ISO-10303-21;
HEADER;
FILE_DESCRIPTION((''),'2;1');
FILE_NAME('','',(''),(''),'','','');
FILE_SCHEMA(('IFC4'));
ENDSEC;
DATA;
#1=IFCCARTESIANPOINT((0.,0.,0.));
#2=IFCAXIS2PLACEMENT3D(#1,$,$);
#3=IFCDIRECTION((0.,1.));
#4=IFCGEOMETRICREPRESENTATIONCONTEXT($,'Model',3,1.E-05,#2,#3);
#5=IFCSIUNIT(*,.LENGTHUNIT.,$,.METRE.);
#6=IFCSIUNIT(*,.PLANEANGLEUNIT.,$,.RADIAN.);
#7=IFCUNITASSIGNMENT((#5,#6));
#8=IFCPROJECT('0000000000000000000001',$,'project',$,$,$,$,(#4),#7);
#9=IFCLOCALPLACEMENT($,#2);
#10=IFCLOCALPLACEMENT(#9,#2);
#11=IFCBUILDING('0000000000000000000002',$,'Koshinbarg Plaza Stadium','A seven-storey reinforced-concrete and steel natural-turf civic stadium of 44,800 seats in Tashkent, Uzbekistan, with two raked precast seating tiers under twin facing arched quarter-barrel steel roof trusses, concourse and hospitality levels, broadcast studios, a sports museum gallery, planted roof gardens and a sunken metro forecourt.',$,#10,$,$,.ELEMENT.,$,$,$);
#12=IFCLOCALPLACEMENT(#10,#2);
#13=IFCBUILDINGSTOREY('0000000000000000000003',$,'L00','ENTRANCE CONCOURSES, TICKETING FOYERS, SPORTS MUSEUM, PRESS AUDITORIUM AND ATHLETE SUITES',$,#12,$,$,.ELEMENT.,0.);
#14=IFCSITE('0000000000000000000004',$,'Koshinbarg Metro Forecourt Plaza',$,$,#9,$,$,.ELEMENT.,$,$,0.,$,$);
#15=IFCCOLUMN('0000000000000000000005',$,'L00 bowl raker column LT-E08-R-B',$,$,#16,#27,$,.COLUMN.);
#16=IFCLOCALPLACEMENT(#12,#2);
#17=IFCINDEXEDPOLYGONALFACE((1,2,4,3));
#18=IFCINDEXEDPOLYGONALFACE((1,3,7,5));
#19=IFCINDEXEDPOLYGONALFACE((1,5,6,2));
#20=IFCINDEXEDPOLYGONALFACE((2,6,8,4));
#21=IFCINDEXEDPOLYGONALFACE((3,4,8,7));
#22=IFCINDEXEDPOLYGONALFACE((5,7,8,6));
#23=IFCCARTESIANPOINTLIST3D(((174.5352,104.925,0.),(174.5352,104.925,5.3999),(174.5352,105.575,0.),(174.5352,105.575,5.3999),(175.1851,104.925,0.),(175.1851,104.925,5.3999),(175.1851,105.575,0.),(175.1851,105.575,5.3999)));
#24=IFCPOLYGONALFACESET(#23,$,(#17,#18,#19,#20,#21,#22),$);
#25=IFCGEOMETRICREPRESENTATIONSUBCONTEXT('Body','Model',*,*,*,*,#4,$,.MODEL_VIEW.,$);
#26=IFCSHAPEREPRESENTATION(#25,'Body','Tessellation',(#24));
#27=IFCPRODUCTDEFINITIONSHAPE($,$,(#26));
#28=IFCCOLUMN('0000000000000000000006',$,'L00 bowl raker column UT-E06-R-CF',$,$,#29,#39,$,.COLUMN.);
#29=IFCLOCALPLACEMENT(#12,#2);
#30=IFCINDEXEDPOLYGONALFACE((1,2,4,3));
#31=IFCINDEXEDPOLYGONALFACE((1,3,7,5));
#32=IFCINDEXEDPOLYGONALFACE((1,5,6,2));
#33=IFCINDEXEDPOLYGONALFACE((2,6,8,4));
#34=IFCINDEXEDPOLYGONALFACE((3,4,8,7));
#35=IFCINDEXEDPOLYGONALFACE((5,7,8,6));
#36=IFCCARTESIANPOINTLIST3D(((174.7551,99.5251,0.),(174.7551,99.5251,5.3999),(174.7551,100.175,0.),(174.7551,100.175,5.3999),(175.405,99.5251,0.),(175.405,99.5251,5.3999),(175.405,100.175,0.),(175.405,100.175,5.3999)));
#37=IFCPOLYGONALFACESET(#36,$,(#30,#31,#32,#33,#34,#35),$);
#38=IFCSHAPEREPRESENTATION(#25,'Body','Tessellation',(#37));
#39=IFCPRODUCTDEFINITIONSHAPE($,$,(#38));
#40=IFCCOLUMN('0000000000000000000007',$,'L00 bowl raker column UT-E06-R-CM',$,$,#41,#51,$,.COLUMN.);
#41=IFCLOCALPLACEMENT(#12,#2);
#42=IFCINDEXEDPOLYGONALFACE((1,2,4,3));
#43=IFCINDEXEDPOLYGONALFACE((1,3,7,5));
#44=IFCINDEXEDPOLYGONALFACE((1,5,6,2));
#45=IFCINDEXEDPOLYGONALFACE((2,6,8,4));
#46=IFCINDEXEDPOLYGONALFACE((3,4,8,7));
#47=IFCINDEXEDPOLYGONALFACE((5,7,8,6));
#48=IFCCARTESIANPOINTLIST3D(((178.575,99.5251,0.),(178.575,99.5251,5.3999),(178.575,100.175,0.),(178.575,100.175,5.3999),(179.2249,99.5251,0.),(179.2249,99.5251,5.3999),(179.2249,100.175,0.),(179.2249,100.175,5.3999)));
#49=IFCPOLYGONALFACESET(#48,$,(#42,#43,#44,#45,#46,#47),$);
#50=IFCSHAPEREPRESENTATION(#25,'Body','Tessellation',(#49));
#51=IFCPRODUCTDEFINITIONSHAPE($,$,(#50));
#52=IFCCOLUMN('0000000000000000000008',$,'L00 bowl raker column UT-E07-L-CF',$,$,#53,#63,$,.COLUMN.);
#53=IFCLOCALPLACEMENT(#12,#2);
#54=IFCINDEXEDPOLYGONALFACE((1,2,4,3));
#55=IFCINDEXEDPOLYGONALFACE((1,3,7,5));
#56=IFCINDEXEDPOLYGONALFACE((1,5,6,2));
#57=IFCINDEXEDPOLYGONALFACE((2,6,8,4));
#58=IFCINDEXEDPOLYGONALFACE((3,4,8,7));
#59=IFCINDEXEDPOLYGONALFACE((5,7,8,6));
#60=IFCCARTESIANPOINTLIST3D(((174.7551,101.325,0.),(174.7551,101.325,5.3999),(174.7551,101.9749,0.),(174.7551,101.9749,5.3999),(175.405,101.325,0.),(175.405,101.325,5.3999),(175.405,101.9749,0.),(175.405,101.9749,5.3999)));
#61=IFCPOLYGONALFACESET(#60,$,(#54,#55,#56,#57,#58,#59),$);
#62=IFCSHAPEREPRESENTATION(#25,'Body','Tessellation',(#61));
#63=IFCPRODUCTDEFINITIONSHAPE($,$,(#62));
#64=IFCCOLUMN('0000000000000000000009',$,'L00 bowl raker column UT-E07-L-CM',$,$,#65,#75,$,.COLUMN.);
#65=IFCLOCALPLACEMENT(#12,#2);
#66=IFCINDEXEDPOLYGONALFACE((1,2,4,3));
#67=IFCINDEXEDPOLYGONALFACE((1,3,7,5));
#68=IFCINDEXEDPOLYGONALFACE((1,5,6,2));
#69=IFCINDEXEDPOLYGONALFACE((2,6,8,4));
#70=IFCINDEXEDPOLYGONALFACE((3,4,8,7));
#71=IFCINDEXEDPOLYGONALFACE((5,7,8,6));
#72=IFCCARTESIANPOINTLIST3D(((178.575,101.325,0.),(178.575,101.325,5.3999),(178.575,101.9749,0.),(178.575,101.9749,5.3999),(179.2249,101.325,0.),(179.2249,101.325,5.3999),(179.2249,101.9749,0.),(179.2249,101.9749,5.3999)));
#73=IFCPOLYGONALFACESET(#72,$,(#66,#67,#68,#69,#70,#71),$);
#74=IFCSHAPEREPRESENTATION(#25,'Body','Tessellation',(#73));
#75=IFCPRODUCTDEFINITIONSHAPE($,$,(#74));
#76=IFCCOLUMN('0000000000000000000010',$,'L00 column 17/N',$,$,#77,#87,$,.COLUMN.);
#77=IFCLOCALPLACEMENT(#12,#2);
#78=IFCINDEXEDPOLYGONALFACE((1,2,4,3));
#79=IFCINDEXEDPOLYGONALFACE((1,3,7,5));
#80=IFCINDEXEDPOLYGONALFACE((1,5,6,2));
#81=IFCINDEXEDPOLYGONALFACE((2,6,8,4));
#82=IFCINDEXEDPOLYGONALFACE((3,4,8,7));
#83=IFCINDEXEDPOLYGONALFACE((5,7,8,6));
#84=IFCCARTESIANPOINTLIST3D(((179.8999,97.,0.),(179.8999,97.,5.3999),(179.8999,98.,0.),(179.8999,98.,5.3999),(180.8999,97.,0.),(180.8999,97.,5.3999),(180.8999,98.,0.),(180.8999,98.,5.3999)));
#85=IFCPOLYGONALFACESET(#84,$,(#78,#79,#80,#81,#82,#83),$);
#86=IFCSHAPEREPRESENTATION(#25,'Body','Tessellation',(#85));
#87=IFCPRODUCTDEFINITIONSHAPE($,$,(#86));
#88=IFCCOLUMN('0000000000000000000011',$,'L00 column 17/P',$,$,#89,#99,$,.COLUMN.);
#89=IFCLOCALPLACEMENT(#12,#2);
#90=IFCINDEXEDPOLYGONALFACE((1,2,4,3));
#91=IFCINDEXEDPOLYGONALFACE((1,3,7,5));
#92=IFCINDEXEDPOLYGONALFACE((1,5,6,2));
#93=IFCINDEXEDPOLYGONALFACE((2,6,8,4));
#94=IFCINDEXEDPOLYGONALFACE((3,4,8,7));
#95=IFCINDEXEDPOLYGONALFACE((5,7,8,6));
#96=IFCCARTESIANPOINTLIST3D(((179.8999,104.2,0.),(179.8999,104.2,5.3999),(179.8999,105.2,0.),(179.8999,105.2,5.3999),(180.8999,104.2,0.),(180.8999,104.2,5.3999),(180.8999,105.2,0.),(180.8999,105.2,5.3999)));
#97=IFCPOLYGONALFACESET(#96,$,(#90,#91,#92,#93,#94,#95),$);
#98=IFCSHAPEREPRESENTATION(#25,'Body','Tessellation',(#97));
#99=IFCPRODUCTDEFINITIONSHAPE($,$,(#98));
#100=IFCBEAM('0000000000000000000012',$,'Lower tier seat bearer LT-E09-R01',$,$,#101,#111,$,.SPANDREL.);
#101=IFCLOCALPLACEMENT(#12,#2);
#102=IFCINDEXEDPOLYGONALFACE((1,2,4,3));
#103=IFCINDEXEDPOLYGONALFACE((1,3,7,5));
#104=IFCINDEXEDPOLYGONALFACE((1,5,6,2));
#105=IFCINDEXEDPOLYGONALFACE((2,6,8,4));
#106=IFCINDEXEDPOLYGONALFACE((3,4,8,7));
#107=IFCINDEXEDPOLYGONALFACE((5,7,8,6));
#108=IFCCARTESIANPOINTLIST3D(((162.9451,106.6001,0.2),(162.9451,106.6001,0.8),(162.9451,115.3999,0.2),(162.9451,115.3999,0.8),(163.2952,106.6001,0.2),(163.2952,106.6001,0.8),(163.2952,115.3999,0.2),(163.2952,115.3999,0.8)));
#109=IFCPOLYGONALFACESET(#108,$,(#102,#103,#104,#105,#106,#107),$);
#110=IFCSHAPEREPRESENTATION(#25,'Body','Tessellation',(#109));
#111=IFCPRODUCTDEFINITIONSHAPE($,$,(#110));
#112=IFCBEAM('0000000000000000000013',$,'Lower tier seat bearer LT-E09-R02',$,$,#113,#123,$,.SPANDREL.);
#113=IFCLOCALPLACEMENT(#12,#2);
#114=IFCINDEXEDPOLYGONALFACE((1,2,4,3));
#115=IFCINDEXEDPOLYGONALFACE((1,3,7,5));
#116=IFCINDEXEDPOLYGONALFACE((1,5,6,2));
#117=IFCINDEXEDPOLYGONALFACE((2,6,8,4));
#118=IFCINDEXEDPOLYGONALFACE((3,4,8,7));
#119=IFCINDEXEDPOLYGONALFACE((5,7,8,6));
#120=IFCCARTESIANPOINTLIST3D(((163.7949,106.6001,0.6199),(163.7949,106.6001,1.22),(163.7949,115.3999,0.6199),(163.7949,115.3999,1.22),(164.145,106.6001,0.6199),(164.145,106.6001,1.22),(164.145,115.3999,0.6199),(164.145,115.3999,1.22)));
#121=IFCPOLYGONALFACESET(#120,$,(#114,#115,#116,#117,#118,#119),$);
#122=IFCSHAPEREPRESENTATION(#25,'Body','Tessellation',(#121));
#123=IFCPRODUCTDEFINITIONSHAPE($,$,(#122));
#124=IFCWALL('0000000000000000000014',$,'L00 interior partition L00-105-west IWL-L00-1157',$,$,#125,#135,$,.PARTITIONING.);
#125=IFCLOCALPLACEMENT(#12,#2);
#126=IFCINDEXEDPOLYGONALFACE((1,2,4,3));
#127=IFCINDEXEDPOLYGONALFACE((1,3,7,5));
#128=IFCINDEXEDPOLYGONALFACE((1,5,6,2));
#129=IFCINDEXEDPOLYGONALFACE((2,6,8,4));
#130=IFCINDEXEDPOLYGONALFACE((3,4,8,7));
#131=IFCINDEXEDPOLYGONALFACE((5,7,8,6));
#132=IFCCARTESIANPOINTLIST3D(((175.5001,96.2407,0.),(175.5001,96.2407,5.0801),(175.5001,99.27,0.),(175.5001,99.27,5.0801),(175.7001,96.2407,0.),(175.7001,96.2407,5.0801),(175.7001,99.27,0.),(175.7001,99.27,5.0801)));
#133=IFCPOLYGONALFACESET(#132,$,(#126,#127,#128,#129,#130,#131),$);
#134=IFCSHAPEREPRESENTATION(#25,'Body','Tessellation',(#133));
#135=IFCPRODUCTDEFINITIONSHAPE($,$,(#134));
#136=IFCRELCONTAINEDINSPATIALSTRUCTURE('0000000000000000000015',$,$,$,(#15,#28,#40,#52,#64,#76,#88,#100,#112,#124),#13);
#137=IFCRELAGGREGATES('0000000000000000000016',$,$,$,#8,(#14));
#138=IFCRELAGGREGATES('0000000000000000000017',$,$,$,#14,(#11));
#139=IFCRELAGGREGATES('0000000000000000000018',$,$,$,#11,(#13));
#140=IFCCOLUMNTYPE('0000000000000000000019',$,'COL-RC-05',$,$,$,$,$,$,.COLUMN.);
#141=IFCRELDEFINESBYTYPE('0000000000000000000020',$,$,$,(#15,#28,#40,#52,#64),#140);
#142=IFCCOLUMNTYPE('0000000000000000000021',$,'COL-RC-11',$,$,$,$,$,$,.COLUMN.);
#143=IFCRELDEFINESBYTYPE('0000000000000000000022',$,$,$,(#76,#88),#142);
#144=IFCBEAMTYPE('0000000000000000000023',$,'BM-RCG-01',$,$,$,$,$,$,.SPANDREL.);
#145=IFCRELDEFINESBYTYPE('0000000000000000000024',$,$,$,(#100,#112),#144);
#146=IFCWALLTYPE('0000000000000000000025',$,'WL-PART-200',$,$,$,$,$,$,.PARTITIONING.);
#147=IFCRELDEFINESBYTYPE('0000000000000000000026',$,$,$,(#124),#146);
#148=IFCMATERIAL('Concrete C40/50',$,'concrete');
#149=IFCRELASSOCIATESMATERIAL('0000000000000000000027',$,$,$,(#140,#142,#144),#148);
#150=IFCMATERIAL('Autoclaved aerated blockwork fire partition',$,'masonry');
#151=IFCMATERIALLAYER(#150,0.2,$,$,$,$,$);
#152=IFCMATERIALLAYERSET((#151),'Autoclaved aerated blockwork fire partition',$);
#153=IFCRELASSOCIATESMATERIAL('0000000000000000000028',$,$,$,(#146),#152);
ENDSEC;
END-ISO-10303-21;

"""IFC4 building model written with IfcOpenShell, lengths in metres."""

from ifc_helpers import new_model, si_unit, direction, frame, frame_2d, origin, origin_2d, place, context, subcontext, project, spatial, rectangle, extrude, material, layer, layer_set, material_profile, profile_set, type_object, element, save


model = new_model("IFC4")

# Units and contexts
model_context = context("Model", 3, precision=1e-05, world=origin(), true_north=direction((0.0, 1.0)))
body_context = subcontext(model_context, "Body", "Model", "MODEL_VIEW")
ifc_project = project(units=[si_unit("LENGTHUNIT", "METRE"), si_unit("PLANEANGLEUNIT", "RADIAN")], contexts=[model_context])

# Site, building, storey
site_placement = place(None, origin())
site = spatial("IfcSite", under=ifc_project, at=site_placement, Name="Koshinbarg Metro Forecourt Plaza", CompositionType="ELEMENT", RefElevation=0.0)
building_placement = place(site_placement, origin())
building = spatial("IfcBuilding", under=site, at=building_placement, Name="Koshinbarg Plaza Stadium", Description="A seven-storey reinforced-concrete and steel natural-turf civic stadium of 44,800 seats in Tashkent, Uzbekistan, with two raked precast seating tiers under twin facing arched quarter-barrel steel roof trusses, concourse and hospitality levels, broadcast studios, a sports museum gallery, planted roof gardens and a sunken metro forecourt.", CompositionType="ELEMENT")
storey_placement = place(building_placement, origin())
storey = spatial("IfcBuildingStorey", under=building, at=storey_placement, Name="L00", Description="ENTRANCE CONCOURSES, TICKETING FOYERS, SPORTS MUSEUM, PRESS AUDITORIUM AND ATHLETE SUITES", CompositionType="ELEMENT", Elevation=0.0)

# Columns
ifc_material_1 = material(Name="Concrete C40/50", Category="concrete")
ifc_material_profile_1 = material_profile(ifc_material_1, rectangle(XDim=0.6499, YDim=0.6499, at=origin_2d()), Name="RC 650x650")
ifc_profile_set_1 = profile_set([ifc_material_profile_1], Name="Concrete C40/50")
column_type_1 = type_object("IfcColumnType", Name="COL-RC-05", PredefinedType="COLUMN", material=ifc_profile_set_1)
for number, where, z_axis, x_axis, name in (
    (1, (174.8601, 105.25, 0.0), (0.0, 0.0, 1.0), (1.0, 0.0, 0.0), "L00 bowl raker column LT-E08-R-B"),
    (2, (175.0801, 99.8501, 0.0), (0.0, 0.0, 1.0), (1.0, 0.0, 0.0), "L00 bowl raker column UT-E06-R-CF"),
    (3, (178.8999, 99.8501, 0.0), (0.0, 0.0, 1.0), (1.0, 0.0, 0.0), "L00 bowl raker column UT-E06-R-CM"),
    (4, (175.0801, 101.6499, 0.0), (0.0, 0.0, 1.0), (1.0, 0.0, 0.0), "L00 bowl raker column UT-E07-L-CF"),
    (5, (178.8999, 101.6499, 0.0), (0.0, 0.0, 1.0), (1.0, 0.0, 0.0), "L00 bowl raker column UT-E07-L-CM"),
):
    element("IfcColumn", number, at=place(storey_placement, frame(where, z_axis=z_axis, x_axis=x_axis)), inside=storey, type_object=column_type_1, Name=name, PredefinedType="COLUMN", context=body_context, shape_type="SweptSolid", body=[
        extrude(rectangle(XDim=0.6499, YDim=0.6499, at=origin_2d()), origin(), (0.0, 0.0, 1.0), 5.3999),
    ])
ifc_material_profile_2 = material_profile(ifc_material_1, rectangle(XDim=1.0, YDim=1.0, at=origin_2d()), Name="RC 1000x1000")
ifc_profile_set_2 = profile_set([ifc_material_profile_2], Name="Concrete C40/50")
column_type_2 = type_object("IfcColumnType", Name="COL-RC-11", PredefinedType="COLUMN", material=ifc_profile_set_2)
for number, where, z_axis, x_axis, name in (
    (6, (180.3999, 97.5, 0.0), (0.0, 0.0, 1.0), (1.0, 0.0, 0.0), "L00 column 17/N"),
    (7, (180.3999, 104.7, 0.0), (0.0, 0.0, 1.0), (1.0, 0.0, 0.0), "L00 column 17/P"),
):
    element("IfcColumn", number, at=place(storey_placement, frame(where, z_axis=z_axis, x_axis=x_axis)), inside=storey, type_object=column_type_2, Name=name, PredefinedType="COLUMN", context=body_context, shape_type="SweptSolid", body=[
        extrude(rectangle(XDim=1.0, YDim=1.0, at=origin_2d()), origin(), (0.0, 0.0, 1.0), 5.3999),
    ])

# Beams
ifc_material_profile_3 = material_profile(ifc_material_1, rectangle(XDim=0.3501, YDim=0.6001, at=origin_2d()), Name="RC 350x600")
ifc_profile_set_3 = profile_set([ifc_material_profile_3], Name="Concrete C40/50")
beam_type = type_object("IfcBeamType", Name="BM-RCG-01", PredefinedType="SPANDREL", material=ifc_profile_set_3)
for number, where, z_axis, x_axis, name in (
    (8, (163.1201, 106.6001, 0.5), (0.0, 1.0, 0.0), (-1.0, 0.0, 0.0), "Lower tier seat bearer LT-E09-R01"),
    (9, (163.97, 106.6001, 0.9199), (0.0, 1.0, 0.0), (-1.0, 0.0, 0.0), "Lower tier seat bearer LT-E09-R02"),
):
    element("IfcBeam", number, at=place(storey_placement, frame(where, z_axis=z_axis, x_axis=x_axis)), inside=storey, type_object=beam_type, Name=name, PredefinedType="SPANDREL", context=body_context, shape_type="SweptSolid", body=[
        extrude(rectangle(XDim=0.3501, YDim=0.6001, at=origin_2d()), origin(), (0.0, 0.0, 1.0), 8.7998),
    ])

# Wall
ifc_material_2 = material(Name="Autoclaved aerated blockwork fire partition", Category="masonry")
ifc_layer = layer(ifc_material_2, 0.2)
ifc_layer_set = layer_set([ifc_layer], Name="Autoclaved aerated blockwork fire partition")
wall_type = type_object("IfcWallType", Name="WL-PART-200", PredefinedType="PARTITIONING", material=ifc_layer_set)
wall_placement = place(storey_placement, frame((175.6001, 99.27, 0.0), z_axis=(0.0, 0.0, 1.0), x_axis=(0.0, -1.0, 0.0)))
element("IfcWall", 10, at=wall_placement, inside=storey, type_object=wall_type, Name="L00 interior partition L00-105-west IWL-L00-1157", PredefinedType="PARTITIONING", context=body_context, shape_type="SweptSolid", body=[
    extrude(rectangle(XDim=3.0293, YDim=0.2, at=frame_2d((1.5146, 0.0))), origin(), (0.0, 0.0, 1.0), 5.0801),
])

save(model, "model.ifc")
